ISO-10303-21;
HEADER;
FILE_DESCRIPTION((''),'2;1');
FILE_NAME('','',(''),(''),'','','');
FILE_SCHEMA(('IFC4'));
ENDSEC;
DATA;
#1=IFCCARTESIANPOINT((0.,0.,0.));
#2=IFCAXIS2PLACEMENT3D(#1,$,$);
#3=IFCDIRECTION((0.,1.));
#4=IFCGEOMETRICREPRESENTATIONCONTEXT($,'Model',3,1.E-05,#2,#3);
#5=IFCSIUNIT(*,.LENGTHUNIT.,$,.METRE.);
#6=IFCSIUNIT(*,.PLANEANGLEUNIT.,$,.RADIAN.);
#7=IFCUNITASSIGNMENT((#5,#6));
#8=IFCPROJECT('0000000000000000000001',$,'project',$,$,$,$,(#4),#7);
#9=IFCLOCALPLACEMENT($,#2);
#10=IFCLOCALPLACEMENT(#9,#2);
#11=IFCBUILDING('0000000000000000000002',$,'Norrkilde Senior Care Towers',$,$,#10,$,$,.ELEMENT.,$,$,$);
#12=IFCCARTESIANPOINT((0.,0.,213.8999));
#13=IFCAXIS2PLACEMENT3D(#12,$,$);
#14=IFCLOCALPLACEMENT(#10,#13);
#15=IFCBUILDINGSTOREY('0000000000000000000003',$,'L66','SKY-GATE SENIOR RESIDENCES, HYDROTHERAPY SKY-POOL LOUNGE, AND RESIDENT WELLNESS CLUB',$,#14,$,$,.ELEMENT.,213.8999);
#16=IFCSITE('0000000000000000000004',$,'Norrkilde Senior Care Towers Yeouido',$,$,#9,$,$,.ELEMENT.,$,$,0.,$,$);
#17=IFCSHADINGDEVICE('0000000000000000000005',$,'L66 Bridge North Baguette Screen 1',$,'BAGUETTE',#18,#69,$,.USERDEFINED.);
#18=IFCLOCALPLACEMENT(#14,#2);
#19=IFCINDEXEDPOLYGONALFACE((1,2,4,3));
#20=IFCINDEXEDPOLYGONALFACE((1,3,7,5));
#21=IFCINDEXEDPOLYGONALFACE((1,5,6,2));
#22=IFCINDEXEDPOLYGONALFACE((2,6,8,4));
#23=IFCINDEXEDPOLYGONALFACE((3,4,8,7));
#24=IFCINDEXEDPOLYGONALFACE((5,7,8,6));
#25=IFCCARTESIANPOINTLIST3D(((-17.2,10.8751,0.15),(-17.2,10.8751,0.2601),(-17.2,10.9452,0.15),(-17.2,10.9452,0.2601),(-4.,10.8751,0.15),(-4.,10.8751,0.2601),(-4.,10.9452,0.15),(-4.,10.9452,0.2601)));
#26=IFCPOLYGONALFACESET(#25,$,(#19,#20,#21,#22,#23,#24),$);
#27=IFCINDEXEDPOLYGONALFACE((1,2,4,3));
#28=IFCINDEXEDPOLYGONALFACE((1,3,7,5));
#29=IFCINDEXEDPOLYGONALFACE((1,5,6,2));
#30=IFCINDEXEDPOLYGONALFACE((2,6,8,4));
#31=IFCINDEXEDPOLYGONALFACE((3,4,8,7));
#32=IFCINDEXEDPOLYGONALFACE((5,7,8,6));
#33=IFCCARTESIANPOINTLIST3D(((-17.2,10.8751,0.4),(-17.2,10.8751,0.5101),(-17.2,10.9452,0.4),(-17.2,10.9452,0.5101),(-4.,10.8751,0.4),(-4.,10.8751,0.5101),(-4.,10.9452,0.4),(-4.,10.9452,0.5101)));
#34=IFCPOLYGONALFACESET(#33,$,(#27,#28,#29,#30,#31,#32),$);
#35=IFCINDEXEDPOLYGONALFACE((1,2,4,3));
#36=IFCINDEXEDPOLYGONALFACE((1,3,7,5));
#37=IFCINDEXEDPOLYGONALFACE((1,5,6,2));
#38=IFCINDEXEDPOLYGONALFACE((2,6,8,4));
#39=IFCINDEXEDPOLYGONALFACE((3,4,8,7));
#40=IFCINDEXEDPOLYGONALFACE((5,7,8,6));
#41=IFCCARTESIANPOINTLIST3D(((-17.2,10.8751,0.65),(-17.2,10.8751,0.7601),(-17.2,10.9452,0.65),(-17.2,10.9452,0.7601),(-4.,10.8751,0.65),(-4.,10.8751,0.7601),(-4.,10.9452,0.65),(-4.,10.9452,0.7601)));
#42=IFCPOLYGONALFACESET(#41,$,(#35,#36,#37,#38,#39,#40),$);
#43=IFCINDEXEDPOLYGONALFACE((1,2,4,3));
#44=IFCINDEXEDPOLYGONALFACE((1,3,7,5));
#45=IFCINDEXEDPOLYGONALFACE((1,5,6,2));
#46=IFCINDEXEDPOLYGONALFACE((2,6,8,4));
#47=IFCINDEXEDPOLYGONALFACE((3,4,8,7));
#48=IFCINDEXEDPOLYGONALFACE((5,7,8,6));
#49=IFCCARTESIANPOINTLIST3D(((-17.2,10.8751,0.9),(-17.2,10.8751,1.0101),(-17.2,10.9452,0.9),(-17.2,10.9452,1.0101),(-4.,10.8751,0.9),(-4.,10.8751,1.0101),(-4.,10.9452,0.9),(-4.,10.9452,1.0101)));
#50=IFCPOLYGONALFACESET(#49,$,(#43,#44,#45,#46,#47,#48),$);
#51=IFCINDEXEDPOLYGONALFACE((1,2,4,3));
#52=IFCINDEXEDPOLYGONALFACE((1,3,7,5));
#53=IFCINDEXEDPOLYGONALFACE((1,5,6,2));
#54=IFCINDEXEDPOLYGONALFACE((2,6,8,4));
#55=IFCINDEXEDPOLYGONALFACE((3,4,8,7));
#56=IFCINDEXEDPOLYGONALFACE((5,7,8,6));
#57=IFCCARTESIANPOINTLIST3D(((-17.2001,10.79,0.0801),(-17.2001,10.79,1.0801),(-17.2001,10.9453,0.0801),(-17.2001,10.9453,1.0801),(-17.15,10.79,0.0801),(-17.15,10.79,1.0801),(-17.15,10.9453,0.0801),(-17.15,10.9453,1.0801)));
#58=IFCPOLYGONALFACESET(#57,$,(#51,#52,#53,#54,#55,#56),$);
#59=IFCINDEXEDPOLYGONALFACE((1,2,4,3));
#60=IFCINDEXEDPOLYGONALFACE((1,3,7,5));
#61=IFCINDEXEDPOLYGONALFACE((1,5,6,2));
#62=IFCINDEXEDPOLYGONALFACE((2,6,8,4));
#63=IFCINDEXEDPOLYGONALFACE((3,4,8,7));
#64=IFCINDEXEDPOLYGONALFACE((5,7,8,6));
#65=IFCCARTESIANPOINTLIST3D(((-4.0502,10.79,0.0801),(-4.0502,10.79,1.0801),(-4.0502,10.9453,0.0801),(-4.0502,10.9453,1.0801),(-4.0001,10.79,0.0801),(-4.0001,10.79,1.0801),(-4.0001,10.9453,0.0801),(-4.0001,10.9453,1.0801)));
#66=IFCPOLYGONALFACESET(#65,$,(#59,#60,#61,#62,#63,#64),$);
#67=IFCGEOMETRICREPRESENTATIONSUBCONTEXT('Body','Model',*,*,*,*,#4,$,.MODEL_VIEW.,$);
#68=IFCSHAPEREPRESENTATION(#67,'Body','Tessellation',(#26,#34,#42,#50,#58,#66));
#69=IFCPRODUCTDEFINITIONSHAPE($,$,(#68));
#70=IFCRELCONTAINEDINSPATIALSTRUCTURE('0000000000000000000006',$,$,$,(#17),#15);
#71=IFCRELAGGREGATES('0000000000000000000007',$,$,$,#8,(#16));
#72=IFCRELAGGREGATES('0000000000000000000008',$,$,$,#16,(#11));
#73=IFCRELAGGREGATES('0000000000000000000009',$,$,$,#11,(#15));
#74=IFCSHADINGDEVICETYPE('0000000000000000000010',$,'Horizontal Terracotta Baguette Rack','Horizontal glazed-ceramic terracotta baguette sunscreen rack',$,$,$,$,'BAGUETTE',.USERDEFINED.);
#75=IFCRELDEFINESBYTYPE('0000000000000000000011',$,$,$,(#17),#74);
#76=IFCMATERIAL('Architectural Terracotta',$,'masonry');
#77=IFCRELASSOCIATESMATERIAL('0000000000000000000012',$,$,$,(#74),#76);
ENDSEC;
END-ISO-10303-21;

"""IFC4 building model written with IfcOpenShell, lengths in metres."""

from ifc_helpers import new_model, si_unit, direction, frame, origin, origin_2d, place, context, subcontext, project, spatial, rectangle, extrude, source, transform, mapped, material, type_object, type_shapes, element, save


model = new_model("IFC4")

# Units and contexts
model_context = context("Model", 3, precision=1e-05, world=origin(), true_north=direction((0.0, 1.0)))
body_context = subcontext(model_context, "Body", "Model", "MODEL_VIEW")
ifc_project = project(units=[si_unit("LENGTHUNIT", "METRE"), si_unit("PLANEANGLEUNIT", "RADIAN")], contexts=[model_context])

# Site, building, storey
site_placement = place(None, origin())
site = spatial("IfcSite", under=ifc_project, at=site_placement, Name="Norrkilde Senior Care Towers Yeouido", CompositionType="ELEMENT", RefElevation=0.0)
building_placement = place(site_placement, origin())
building = spatial("IfcBuilding", under=site, at=building_placement, Name="Norrkilde Senior Care Towers", CompositionType="ELEMENT")
storey_placement = place(building_placement, frame((0.0, 0.0, 213.8999)))
storey = spatial("IfcBuildingStorey", under=building, at=storey_placement, Name="L66", Description="SKY-GATE SENIOR RESIDENCES, HYDROTHERAPY SKY-POOL LOUNGE, AND RESIDENT WELLNESS CLUB", CompositionType="ELEMENT", Elevation=213.8999)

# Shading device
ifc_material_1 = material(Name="Architectural Terracotta", Category="masonry")
shading_device_type = type_object("IfcShadingDeviceType", Name="Horizontal Terracotta Baguette Rack", Description="Horizontal glazed-ceramic terracotta baguette sunscreen rack", ElementType="BAGUETTE", PredefinedType="USERDEFINED", material=ifc_material_1)
shared_shape_1 = source(origin(), body_context, "Body", "SweptSolid", [
    extrude(rectangle(XDim=0.0701, YDim=0.1101, at=origin_2d()), frame((0.0, 0.0901, 0.125), z_axis=(1.0, 0.0, 0.0), x_axis=(0.0, 1.0, 0.0)), (0.0, 0.0, 1.0), 13.2),
    extrude(rectangle(XDim=0.0701, YDim=0.1101, at=origin_2d()), frame((0.0, 0.0901, 0.375), z_axis=(1.0, 0.0, 0.0), x_axis=(0.0, 1.0, 0.0)), (0.0, 0.0, 1.0), 13.2),
    extrude(rectangle(XDim=0.0701, YDim=0.1101, at=origin_2d()), frame((0.0, 0.0901, 0.625), z_axis=(1.0, 0.0, 0.0), x_axis=(0.0, 1.0, 0.0)), (0.0, 0.0, 1.0), 13.2),
    extrude(rectangle(XDim=0.0701, YDim=0.1101, at=origin_2d()), frame((0.0, 0.0901, 0.875), z_axis=(1.0, 0.0, 0.0), x_axis=(0.0, 1.0, 0.0)), (0.0, 0.0, 1.0), 13.2),
    extrude(rectangle(XDim=0.05, YDim=0.1553, at=origin_2d()), frame((0.0249, 0.0476, 0.0)), (0.0, 0.0, 1.0), 1.0),
    extrude(rectangle(XDim=0.05, YDim=0.1553, at=origin_2d()), frame((13.1748, 0.0476, 0.0)), (0.0, 0.0, 1.0), 1.0),
])
type_shapes(shading_device_type, [shared_shape_1])
shading_device_placement = place(storey_placement, frame((-17.2, 10.8201, 0.0801), z_axis=(0.0, 0.0, 1.0), x_axis=(1.0, 0.0, 0.0)))
element("IfcShadingDevice", 1, at=shading_device_placement, inside=storey, type_object=shading_device_type, Name="L66 Bridge North Baguette Screen 1", ObjectType="BAGUETTE", PredefinedType="USERDEFINED", context=body_context, shape_type="MappedRepresentation", body=[
    mapped(shared_shape_1, transform((0.0, 0.0, 0.0), x_axis=(1.0, 0.0, 0.0), y_axis=(0.0, 1.0, 0.0), z_axis=(0.0, 0.0, 1.0), scale=1.0)),
])

save(model, "model.ifc")
